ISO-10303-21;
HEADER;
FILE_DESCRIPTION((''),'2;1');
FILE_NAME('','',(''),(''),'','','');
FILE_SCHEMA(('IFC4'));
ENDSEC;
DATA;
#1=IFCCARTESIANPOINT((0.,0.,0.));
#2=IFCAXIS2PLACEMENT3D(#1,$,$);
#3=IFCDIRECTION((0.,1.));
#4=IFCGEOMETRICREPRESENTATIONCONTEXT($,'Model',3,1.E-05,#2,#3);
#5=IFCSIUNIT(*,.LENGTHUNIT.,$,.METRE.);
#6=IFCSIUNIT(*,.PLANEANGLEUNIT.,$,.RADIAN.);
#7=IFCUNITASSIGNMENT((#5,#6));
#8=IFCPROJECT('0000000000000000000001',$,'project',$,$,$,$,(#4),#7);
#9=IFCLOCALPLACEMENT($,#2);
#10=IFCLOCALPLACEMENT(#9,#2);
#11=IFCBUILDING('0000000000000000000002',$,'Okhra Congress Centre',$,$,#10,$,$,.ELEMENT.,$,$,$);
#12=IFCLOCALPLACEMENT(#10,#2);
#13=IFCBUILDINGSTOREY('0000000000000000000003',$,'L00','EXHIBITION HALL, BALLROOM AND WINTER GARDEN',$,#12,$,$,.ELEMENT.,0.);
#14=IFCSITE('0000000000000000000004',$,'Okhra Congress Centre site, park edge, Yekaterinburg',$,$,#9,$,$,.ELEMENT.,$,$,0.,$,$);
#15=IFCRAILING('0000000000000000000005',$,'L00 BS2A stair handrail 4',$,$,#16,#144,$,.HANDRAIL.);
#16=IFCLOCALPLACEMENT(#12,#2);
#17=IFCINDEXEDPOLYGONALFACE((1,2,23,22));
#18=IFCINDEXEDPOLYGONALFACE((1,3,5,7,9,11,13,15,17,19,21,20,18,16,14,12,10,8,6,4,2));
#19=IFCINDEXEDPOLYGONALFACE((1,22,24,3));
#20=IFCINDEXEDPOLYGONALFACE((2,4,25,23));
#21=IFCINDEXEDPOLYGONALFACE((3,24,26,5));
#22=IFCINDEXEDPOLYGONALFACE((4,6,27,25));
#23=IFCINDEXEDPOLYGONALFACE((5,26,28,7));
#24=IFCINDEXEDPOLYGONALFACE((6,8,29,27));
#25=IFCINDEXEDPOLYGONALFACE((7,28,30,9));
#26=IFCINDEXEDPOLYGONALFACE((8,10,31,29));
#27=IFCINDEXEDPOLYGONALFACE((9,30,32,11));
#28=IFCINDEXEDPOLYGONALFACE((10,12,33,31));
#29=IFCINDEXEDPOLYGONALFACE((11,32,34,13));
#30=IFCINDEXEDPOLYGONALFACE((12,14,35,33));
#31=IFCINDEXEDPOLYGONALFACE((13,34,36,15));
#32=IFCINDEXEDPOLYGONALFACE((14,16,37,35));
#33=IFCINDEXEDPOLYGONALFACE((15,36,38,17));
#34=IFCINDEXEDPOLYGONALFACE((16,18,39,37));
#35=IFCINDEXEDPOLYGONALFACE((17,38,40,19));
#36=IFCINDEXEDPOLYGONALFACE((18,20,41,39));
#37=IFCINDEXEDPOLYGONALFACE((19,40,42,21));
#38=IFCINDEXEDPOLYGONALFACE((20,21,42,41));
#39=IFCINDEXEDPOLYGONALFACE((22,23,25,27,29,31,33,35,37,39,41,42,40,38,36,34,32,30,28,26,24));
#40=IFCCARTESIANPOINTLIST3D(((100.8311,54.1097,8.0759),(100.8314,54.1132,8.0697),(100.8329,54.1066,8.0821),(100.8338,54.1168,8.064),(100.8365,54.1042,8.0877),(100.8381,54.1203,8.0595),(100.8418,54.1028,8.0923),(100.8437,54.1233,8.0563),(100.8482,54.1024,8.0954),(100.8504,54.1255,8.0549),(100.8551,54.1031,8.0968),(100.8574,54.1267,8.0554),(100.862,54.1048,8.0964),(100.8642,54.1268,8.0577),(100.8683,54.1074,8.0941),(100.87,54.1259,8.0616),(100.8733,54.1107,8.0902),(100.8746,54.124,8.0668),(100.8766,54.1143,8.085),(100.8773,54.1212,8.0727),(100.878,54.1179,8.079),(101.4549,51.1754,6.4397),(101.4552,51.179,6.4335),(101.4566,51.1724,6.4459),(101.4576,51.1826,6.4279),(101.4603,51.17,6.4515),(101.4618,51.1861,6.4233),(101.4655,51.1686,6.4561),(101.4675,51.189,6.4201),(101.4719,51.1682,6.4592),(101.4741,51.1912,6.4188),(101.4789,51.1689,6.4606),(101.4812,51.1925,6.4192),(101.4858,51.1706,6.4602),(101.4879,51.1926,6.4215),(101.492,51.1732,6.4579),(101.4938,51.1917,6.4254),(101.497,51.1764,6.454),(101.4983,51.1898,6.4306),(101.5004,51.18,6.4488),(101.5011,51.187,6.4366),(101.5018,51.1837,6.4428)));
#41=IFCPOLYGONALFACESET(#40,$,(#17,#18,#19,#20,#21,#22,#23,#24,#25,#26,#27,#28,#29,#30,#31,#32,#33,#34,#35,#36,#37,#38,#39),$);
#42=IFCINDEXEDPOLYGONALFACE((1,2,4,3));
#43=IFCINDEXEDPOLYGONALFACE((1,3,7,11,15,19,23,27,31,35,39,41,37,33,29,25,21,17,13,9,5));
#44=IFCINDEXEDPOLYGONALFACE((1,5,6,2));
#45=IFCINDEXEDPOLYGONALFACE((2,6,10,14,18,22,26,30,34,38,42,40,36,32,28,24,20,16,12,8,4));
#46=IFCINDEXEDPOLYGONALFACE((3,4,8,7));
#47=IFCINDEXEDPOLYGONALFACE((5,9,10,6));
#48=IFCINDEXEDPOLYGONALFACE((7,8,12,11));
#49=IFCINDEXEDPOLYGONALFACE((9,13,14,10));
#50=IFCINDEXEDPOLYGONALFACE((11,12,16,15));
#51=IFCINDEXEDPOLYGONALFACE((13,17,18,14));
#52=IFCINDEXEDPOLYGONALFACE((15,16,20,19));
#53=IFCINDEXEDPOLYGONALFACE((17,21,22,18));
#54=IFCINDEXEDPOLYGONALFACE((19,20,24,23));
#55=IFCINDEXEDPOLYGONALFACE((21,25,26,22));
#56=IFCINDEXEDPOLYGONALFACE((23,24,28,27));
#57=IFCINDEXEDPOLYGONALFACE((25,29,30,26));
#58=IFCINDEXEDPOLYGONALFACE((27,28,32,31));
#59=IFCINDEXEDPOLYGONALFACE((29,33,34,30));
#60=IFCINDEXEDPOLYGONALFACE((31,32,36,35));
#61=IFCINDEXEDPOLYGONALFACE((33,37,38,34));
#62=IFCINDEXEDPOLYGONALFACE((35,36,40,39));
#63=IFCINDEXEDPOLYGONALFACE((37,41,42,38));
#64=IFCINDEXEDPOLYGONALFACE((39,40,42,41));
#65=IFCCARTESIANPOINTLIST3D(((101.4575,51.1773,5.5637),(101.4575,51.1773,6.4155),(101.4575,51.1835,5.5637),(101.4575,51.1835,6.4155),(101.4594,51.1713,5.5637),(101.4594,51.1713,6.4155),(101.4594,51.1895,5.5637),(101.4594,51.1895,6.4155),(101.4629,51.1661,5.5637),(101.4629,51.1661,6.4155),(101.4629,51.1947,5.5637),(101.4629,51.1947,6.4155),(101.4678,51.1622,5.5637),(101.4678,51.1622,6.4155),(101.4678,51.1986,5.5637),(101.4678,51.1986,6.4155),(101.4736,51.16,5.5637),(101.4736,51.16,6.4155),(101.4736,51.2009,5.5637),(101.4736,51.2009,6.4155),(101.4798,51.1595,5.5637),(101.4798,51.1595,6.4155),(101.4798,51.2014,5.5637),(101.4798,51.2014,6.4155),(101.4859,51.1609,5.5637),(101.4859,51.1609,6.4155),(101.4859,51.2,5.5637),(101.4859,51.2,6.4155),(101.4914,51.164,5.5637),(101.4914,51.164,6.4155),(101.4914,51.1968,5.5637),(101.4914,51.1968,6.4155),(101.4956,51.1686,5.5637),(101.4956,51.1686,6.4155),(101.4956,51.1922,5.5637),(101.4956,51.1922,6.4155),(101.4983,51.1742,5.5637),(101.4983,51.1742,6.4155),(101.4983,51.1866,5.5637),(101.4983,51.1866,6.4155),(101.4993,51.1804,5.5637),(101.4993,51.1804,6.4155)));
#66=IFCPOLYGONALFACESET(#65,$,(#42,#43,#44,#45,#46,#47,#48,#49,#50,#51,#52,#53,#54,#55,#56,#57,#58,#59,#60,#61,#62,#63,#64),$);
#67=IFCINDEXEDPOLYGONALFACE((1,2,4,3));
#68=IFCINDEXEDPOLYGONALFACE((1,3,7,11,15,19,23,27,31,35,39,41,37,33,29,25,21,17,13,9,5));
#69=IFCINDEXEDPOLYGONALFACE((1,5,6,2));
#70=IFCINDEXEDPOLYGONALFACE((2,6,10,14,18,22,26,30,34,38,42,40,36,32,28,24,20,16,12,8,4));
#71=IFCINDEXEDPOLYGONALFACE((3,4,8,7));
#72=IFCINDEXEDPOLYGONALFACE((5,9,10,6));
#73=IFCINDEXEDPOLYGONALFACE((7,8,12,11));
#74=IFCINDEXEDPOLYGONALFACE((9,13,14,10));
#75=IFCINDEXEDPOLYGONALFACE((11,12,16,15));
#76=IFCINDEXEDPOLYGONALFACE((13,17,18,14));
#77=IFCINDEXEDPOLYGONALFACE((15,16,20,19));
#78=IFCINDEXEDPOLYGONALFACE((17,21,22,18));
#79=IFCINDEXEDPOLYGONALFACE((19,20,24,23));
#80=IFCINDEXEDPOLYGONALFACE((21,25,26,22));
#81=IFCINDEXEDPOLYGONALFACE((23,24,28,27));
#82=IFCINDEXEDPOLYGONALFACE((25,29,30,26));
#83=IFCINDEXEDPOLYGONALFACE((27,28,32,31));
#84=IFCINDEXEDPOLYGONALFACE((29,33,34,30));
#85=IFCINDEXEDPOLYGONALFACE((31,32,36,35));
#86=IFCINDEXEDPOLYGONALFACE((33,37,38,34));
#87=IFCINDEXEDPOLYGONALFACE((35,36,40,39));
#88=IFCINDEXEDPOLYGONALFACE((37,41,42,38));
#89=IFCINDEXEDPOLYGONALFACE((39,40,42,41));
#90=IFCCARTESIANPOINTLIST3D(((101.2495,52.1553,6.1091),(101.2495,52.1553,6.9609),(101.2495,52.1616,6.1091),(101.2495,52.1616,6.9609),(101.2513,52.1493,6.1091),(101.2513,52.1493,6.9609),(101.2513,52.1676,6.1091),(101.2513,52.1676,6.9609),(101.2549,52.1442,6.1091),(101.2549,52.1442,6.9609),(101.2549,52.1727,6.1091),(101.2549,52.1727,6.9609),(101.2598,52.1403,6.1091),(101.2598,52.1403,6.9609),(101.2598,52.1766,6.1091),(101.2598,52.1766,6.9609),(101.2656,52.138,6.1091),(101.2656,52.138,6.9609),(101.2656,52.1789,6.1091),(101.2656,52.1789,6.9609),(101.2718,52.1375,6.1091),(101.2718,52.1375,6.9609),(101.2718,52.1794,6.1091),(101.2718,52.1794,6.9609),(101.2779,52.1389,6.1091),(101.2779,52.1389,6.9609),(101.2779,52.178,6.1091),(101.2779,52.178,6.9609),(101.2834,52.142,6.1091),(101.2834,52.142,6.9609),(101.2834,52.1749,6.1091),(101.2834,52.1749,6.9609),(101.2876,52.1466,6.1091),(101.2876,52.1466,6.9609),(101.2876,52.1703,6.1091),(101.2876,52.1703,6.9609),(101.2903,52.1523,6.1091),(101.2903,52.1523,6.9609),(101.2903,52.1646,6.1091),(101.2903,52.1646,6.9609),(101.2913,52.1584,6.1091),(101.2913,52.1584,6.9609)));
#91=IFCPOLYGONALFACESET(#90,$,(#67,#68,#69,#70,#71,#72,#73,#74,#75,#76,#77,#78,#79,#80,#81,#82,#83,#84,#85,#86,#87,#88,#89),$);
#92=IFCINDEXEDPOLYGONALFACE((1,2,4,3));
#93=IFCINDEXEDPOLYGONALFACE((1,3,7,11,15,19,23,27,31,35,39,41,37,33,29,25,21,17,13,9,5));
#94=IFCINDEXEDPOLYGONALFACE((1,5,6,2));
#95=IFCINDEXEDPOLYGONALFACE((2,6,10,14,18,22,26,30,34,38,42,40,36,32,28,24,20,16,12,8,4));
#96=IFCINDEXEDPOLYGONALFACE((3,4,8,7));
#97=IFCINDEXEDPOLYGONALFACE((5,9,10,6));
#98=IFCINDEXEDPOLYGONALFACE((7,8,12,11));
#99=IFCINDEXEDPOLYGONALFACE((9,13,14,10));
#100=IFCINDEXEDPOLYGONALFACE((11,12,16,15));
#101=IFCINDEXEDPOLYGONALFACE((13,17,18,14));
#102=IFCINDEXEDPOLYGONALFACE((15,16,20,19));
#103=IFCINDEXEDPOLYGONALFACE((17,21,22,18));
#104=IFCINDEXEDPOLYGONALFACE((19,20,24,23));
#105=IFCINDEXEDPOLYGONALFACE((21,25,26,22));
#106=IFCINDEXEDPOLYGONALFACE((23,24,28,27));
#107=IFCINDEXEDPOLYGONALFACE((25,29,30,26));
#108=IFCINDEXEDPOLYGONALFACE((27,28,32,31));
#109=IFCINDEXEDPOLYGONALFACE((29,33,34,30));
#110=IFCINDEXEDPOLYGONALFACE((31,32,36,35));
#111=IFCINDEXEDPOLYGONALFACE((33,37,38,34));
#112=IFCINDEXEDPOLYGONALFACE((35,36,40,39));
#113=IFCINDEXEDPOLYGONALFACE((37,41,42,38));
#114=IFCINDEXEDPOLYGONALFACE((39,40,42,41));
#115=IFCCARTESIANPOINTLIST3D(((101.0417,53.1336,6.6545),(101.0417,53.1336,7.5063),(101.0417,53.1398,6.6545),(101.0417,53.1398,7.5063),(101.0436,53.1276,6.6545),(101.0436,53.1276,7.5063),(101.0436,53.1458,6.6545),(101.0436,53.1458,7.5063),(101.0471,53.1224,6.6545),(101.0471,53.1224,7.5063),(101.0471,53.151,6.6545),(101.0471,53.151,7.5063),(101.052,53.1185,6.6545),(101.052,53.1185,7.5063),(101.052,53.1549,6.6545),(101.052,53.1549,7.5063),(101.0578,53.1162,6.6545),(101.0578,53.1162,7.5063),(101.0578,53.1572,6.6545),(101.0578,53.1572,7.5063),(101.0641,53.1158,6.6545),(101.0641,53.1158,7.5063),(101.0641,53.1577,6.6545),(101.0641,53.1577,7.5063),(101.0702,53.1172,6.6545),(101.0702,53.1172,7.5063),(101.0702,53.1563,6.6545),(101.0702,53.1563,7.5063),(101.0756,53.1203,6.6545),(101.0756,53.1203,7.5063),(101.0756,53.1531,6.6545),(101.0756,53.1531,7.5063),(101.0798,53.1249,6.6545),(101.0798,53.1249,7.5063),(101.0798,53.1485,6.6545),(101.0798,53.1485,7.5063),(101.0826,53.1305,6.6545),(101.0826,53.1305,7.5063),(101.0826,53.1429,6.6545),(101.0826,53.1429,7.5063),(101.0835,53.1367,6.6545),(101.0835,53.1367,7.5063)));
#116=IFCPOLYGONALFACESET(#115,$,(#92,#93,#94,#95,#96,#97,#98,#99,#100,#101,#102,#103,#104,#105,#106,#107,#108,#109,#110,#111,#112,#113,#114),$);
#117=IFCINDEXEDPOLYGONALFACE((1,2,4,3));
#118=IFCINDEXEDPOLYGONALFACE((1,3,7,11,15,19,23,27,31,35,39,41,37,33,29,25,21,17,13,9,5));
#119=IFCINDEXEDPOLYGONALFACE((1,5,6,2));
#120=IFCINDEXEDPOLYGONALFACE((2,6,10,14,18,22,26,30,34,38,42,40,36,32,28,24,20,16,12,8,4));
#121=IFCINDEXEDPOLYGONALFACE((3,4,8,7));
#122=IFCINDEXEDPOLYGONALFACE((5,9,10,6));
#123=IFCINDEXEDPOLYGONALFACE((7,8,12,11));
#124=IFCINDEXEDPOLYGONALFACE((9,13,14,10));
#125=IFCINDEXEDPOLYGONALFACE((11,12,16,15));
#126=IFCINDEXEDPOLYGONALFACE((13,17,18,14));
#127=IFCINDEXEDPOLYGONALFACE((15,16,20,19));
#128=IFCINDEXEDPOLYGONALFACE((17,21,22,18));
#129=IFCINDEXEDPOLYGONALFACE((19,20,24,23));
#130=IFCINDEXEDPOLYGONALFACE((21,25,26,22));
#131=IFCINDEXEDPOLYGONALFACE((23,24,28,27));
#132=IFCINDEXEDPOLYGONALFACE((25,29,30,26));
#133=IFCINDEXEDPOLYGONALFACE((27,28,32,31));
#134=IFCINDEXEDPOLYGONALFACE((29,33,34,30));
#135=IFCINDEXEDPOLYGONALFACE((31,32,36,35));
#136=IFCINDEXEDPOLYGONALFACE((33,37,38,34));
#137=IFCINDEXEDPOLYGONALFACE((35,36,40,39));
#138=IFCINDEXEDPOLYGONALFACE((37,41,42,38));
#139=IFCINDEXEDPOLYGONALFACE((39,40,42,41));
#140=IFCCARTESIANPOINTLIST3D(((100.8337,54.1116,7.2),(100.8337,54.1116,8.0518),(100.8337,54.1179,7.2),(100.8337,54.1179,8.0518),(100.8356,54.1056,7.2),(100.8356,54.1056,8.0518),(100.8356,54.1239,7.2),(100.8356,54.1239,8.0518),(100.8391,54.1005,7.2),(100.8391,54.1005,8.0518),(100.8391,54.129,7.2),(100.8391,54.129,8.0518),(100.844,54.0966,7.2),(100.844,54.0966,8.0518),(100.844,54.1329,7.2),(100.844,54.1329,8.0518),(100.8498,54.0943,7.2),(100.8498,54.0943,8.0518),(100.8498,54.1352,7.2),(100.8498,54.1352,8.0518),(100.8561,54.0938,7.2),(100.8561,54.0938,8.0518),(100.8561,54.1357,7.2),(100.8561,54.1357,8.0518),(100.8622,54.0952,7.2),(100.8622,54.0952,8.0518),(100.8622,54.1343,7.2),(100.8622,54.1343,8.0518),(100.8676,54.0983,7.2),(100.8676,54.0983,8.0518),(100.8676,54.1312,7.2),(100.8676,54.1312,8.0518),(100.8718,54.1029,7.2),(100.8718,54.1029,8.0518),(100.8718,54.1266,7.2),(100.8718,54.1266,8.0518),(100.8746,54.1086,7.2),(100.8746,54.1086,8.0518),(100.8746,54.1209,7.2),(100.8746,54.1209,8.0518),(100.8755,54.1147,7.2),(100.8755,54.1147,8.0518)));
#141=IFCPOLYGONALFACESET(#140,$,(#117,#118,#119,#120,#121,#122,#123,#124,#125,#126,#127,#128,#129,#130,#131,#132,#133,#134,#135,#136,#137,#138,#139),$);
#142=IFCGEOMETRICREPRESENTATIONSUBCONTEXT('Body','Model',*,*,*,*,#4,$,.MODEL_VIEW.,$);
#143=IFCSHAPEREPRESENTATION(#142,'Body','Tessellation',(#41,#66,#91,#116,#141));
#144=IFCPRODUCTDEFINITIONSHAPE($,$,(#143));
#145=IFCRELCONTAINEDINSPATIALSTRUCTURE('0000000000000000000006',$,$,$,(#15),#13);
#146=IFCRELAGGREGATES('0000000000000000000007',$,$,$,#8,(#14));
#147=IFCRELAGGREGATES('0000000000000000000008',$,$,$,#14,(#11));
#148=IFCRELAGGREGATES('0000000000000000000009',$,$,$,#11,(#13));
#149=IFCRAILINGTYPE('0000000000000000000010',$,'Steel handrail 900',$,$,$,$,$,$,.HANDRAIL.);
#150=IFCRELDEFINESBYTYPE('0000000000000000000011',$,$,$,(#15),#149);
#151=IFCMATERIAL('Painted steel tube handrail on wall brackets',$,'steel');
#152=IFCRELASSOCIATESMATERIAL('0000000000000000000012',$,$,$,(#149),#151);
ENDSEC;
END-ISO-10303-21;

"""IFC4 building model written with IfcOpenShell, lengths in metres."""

from ifc_helpers import new_model, si_unit, direction, frame, origin, origin_2d, place, context, subcontext, project, spatial, circle, extrude, material, type_object, element, save


model = new_model("IFC4")

# Units and contexts
model_context = context("Model", 3, precision=1e-05, world=origin(), true_north=direction((0.0, 1.0)))
body_context = subcontext(model_context, "Body", "Model", "MODEL_VIEW")
ifc_project = project(units=[si_unit("LENGTHUNIT", "METRE"), si_unit("PLANEANGLEUNIT", "RADIAN")], contexts=[model_context])

# Site, building, storey
site_placement = place(None, origin())
site = spatial("IfcSite", under=ifc_project, at=site_placement, Name="Okhra Congress Centre site, park edge, Yekaterinburg", CompositionType="ELEMENT", RefElevation=0.0)
building_placement = place(site_placement, origin())
building = spatial("IfcBuilding", under=site, at=building_placement, Name="Okhra Congress Centre", CompositionType="ELEMENT")
storey_placement = place(building_placement, origin())
storey = spatial("IfcBuildingStorey", under=building, at=storey_placement, Name="L00", Description="EXHIBITION HALL, BALLROOM AND WINTER GARDEN", CompositionType="ELEMENT", Elevation=0.0)

# Railing
ifc_material_1 = material(Name="Painted steel tube handrail on wall brackets", Category="steel")
railing_type_1 = type_object("IfcRailingType", Name="Steel handrail 900", PredefinedType="HANDRAIL", material=ifc_material_1)
railing_1_placement = place(storey_placement, frame((101.4783, 51.1804, 5.5637)))
element("IfcRailing", 1, at=railing_1_placement, inside=storey, type_object=railing_type_1, Name="L00 BS2A stair handrail 4", PredefinedType="HANDRAIL", context=body_context, shape_type="SweptSolid", body=[
    extrude(circle(Radius=0.0239, at=origin_2d()), frame((0.0, 0.0, 0.876), z_axis=(-0.182546, 0.858716, 0.478835), x_axis=(-0.978143, -0.207934, 0.0)), (0.0, 0.0, 1.0), 3.417),
    extrude(circle(Radius=0.021, at=origin_2d()), origin(), (0.0, 0.0, 1.0), 0.8518),
    extrude(circle(Radius=0.021, at=origin_2d()), frame((-0.208, 0.978, 0.5454)), (0.0, 0.0, 1.0), 0.8518),
    extrude(circle(Radius=0.021, at=origin_2d()), frame((-0.4158, 1.9563, 1.0908)), (0.0, 0.0, 1.0), 0.8518),
    extrude(circle(Radius=0.021, at=origin_2d()), frame((-0.6238, 2.9343, 1.6362)), (0.0, 0.0, 1.0), 0.8518),
])

save(model, "model.ifc")
